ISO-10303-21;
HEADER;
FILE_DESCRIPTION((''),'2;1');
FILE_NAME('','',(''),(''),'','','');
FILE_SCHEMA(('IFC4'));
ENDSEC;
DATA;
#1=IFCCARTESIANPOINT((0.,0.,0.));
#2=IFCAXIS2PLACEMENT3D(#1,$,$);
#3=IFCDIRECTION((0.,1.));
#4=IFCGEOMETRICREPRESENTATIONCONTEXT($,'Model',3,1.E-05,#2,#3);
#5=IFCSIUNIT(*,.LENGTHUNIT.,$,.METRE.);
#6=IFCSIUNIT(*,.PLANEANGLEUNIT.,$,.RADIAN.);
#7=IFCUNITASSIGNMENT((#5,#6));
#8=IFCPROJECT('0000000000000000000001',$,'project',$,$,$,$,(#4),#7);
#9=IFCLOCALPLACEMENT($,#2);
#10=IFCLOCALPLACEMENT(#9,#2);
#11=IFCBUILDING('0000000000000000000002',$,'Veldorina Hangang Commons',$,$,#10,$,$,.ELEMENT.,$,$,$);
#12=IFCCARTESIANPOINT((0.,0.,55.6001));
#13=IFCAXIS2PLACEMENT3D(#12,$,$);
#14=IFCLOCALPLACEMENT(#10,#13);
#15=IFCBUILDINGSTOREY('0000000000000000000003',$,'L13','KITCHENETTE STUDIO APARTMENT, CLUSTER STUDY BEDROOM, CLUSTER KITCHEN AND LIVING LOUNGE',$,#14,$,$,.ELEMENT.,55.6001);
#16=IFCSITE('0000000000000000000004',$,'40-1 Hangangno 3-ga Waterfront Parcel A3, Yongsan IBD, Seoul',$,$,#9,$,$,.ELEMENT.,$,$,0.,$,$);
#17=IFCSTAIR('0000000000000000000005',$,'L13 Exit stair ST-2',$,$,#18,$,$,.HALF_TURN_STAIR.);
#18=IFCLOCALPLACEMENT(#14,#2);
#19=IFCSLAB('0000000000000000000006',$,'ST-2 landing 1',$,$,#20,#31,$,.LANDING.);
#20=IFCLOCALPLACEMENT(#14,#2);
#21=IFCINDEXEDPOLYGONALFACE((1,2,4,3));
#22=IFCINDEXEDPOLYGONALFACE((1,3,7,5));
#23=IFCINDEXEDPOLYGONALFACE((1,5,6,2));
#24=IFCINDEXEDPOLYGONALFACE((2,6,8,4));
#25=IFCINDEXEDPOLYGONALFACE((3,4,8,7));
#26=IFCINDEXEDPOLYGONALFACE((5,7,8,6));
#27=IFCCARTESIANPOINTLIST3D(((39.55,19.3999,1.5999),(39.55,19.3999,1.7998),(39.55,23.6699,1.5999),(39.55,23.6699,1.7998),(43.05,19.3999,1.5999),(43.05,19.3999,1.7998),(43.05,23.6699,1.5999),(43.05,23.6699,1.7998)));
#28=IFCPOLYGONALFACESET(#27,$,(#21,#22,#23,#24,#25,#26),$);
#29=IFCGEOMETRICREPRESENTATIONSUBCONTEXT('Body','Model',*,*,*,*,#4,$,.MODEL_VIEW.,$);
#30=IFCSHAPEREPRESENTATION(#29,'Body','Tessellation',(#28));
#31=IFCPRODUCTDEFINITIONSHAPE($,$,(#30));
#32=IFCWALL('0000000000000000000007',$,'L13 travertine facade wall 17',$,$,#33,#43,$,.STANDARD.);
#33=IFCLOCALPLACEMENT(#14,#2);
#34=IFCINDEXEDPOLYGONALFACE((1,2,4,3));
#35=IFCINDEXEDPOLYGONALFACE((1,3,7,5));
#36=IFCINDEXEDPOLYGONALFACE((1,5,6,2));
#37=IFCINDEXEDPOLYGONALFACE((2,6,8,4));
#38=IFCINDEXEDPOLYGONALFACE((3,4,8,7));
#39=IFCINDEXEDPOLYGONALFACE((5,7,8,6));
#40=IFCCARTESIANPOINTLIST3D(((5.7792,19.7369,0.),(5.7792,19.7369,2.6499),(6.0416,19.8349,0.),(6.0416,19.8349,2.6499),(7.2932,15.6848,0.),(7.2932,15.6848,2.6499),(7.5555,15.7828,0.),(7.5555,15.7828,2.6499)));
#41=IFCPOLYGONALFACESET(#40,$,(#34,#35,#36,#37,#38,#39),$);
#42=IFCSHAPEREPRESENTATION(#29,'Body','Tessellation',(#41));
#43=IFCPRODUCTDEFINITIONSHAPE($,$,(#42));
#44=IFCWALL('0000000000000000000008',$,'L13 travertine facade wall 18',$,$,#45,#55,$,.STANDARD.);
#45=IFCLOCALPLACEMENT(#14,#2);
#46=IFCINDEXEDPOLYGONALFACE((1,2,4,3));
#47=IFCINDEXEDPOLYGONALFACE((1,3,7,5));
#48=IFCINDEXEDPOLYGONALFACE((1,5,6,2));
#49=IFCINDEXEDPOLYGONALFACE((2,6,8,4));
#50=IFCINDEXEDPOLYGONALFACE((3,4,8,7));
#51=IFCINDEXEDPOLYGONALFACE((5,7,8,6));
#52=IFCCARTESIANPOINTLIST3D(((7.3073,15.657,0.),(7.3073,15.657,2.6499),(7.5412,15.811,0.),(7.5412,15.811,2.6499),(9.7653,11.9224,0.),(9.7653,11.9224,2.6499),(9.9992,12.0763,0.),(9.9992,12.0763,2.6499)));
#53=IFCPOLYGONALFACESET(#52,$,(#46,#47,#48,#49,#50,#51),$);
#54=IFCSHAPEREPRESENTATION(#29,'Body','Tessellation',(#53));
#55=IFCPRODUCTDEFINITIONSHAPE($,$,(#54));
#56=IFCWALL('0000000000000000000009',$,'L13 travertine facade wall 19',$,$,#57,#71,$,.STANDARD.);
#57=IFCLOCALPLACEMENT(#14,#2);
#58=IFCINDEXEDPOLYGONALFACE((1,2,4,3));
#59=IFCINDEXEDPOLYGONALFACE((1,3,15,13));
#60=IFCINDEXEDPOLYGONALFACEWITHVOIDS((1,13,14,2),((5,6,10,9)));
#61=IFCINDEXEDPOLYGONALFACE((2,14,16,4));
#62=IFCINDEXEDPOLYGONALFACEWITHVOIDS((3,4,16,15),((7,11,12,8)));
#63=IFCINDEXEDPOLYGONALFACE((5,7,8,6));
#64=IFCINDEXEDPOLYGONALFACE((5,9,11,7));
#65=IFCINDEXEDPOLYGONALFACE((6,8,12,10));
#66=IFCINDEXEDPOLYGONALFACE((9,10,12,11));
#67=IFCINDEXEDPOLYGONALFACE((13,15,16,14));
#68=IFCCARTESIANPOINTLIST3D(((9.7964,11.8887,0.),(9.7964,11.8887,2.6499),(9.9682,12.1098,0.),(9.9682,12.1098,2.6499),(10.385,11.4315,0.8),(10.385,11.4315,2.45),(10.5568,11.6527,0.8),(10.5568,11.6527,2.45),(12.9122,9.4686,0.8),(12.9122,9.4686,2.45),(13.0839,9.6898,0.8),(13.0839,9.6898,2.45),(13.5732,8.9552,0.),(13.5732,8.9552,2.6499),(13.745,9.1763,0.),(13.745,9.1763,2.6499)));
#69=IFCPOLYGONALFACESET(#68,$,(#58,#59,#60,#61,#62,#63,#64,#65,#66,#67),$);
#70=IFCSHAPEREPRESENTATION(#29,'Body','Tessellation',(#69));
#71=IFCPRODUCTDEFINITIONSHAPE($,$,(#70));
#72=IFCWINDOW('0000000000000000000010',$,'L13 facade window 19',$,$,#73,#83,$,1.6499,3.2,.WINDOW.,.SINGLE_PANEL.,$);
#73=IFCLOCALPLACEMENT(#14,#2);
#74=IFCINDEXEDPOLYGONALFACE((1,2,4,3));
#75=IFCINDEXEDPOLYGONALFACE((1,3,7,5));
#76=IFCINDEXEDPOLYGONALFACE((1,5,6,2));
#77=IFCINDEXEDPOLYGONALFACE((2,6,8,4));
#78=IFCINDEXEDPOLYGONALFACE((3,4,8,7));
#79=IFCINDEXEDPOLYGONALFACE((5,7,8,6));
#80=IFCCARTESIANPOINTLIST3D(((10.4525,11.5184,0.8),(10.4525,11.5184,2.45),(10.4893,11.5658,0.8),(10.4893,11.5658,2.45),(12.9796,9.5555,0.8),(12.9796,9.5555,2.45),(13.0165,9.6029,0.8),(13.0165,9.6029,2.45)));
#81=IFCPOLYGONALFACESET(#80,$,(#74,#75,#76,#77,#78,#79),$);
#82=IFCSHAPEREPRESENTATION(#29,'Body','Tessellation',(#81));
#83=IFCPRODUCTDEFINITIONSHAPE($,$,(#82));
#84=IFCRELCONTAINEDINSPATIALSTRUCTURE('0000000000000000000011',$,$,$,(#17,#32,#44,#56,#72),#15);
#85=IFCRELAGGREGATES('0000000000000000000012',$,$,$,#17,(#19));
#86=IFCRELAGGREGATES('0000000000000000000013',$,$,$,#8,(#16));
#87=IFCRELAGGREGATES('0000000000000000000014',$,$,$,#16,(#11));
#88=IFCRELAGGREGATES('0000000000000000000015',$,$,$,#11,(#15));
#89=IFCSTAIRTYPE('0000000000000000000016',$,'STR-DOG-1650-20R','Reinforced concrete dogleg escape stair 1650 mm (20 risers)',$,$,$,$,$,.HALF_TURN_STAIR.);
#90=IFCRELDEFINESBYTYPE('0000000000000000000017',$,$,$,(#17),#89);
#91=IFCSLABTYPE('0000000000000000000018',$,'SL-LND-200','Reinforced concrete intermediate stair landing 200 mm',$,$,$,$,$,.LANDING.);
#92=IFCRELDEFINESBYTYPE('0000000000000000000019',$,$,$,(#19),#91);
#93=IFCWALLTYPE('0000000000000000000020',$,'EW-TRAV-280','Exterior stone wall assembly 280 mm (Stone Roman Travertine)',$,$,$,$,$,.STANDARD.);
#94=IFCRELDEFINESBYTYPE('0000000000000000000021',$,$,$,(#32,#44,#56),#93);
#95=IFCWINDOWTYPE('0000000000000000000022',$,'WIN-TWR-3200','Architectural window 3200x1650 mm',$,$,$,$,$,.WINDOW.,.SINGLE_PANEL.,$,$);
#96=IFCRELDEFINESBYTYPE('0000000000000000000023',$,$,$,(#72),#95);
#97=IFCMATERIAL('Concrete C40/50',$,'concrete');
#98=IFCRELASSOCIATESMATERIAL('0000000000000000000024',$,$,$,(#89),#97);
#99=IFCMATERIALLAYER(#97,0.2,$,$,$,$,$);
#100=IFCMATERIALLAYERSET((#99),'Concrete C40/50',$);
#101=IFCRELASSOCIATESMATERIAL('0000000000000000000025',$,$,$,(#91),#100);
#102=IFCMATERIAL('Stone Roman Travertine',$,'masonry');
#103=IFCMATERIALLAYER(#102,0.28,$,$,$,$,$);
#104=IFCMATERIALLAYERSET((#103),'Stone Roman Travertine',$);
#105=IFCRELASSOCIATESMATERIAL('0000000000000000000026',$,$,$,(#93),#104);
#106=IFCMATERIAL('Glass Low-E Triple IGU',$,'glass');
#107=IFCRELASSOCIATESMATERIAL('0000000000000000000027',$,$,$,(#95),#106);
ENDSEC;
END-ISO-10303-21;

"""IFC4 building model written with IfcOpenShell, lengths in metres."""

from ifc_helpers import new_model, si_unit, direction, frame, frame_2d, origin, place, context, subcontext, project, spatial, polyline, rectangle, outline, extrude, material, layer, layer_set, type_object, element, fill, aggregate, save


model = new_model("IFC4")

# Units and contexts
model_context = context("Model", 3, precision=1e-05, world=origin(), true_north=direction((0.0, 1.0)))
body_context = subcontext(model_context, "Body", "Model", "MODEL_VIEW")
ifc_project = project(units=[si_unit("LENGTHUNIT", "METRE"), si_unit("PLANEANGLEUNIT", "RADIAN")], contexts=[model_context])

# Site, building, storey
site_placement = place(None, origin())
site = spatial("IfcSite", under=ifc_project, at=site_placement, Name="40-1 Hangangno 3-ga Waterfront Parcel A3, Yongsan IBD, Seoul", CompositionType="ELEMENT", RefElevation=0.0)
building_placement = place(site_placement, origin())
building = spatial("IfcBuilding", under=site, at=building_placement, Name="Veldorina Hangang Commons", CompositionType="ELEMENT")
storey_placement = place(building_placement, frame((0.0, 0.0, 55.6001)))
storey = spatial("IfcBuildingStorey", under=building, at=storey_placement, Name="L13", Description="KITCHENETTE STUDIO APARTMENT, CLUSTER STUDY BEDROOM, CLUSTER KITCHEN AND LIVING LOUNGE", CompositionType="ELEMENT", Elevation=55.6001)

# Shared definitions
ifc_material_1 = material(Name="Concrete C40/50", Category="concrete")

# Stair, slab
stair_type = type_object("IfcStairType", Name="STR-DOG-1650-20R", Description="Reinforced concrete dogleg escape stair 1650 mm (20 risers)", PredefinedType="HALF_TURN_STAIR", material=ifc_material_1)
ifc_layer_1 = layer(ifc_material_1, 0.2)
ifc_layer_set_1 = layer_set([ifc_layer_1], Name="Concrete C40/50")
slab_type_1 = type_object("IfcSlabType", Name="SL-LND-200", Description="Reinforced concrete intermediate stair landing 200 mm", PredefinedType="LANDING", material=ifc_layer_set_1)
stair_1_placement = place(storey_placement, origin())
stair_1 = element("IfcStair", 1, at=stair_1_placement, inside=storey, type_object=stair_type, Name="L13 Exit stair ST-2", PredefinedType="HALF_TURN_STAIR")
slab_1_placement = place(storey_placement, frame((0.0, 0.0, 1.5999)))
slab_1 = element("IfcSlab", 2, at=slab_1_placement, type_object=slab_type_1, Name="ST-2 landing 1", PredefinedType="LANDING", context=body_context, shape_type="SweptSolid", body=[
    extrude(outline(polyline([(39.55, 23.6699), (39.55, 19.3999), (43.05, 19.3999), (43.05, 23.6699), (39.55, 23.6699)])), origin(), (0.0, 0.0, 1.0), 0.2),
])
aggregate(stair_1, [slab_1])

# Walls
ifc_material_2 = material(Name="Stone Roman Travertine", Category="masonry")
ifc_layer_2 = layer(ifc_material_2, 0.28)
ifc_layer_set_2 = layer_set([ifc_layer_2], Name="Stone Roman Travertine")
wall_type = type_object("IfcWallType", Name="EW-TRAV-280", Description="Exterior stone wall assembly 280 mm (Stone Roman Travertine)", PredefinedType="STANDARD", material=ifc_layer_set_2)
wall_1_placement = place(storey_placement, frame((5.9104, 19.7859, 0.0), z_axis=(0.0, 0.0, 1.0), x_axis=(0.349991, -0.936753, 0.0)))
element("IfcWall", 3, at=wall_1_placement, inside=storey, type_object=wall_type, Name="L13 travertine facade wall 17", PredefinedType="STANDARD", context=body_context, shape_type="SweptSolid", body=[
    extrude(rectangle(XDim=4.3257, YDim=0.28, at=frame_2d((2.1628, 0.0))), origin(), (0.0, 0.0, 1.0), 2.6499),
])
wall_2_placement = place(storey_placement, frame((7.4243, 15.7339, 0.0), z_axis=(0.0, 0.0, 1.0), x_axis=(0.549776, -0.835312, 0.0)))
element("IfcWall", 4, at=wall_2_placement, inside=storey, type_object=wall_type, Name="L13 travertine facade wall 18", PredefinedType="STANDARD", context=body_context, shape_type="SweptSolid", body=[
    extrude(rectangle(XDim=4.4709, YDim=0.28, at=frame_2d((2.2354, 0.0))), origin(), (0.0, 0.0, 1.0), 2.6499),
])

# Wall, opening, window
wall_3_placement = place(storey_placement, frame((9.8823, 11.9993, 0.0), z_axis=(0.0, 0.0, 1.0), x_axis=(0.789753, -0.613424, 0.0)))
wall_3 = element("IfcWall", 5, at=wall_3_placement, inside=storey, type_object=wall_type, Name="L13 travertine facade wall 19", PredefinedType="STANDARD", context=body_context, shape_type="SweptSolid", body=[
    extrude(rectangle(XDim=4.7822, YDim=0.28, at=frame_2d((2.3911, 0.0))), origin(), (0.0, 0.0, 1.0), 2.6499),
])
opening_placement = place(wall_3_placement, frame((0.7451, 0.0, 0.8)))
opening = element("IfcOpeningElement", 6, at=opening_placement, cuts=wall_3, PredefinedType="OPENING", context=body_context, shape_type="SweptSolid", body=[
    extrude(rectangle(XDim=3.2, YDim=1.6499, at=frame_2d((1.6001, 0.825))), frame((0.0, 0.1499, 0.0), z_axis=(0.0, -1.0, 0.0), x_axis=(1.0, 0.0, 0.0)), (0.0, 0.0, 1.0), 0.3),
])
ifc_material_3 = material(Name="Glass Low-E Triple IGU", Category="glass")
window_type = type_object("IfcWindowType", Name="WIN-TWR-3200", Description="Architectural window 3200x1650 mm", PartitioningType="SINGLE_PANEL", PredefinedType="WINDOW", material=ifc_material_3)
window_placement = place(opening_placement, origin())
window = element("IfcWindow", 7, at=window_placement, inside=storey, type_object=window_type, Name="L13 facade window 19", OverallHeight=1.6499, OverallWidth=3.2, PartitioningType="SINGLE_PANEL", PredefinedType="WINDOW", context=body_context, shape_type="SweptSolid", body=[
    extrude(rectangle(XDim=3.2, YDim=1.6499, at=frame_2d((1.6001, 0.825))), frame((0.0, 0.03, 0.0), z_axis=(0.0, -1.0, 0.0), x_axis=(1.0, 0.0, 0.0)), (0.0, 0.0, 1.0), 0.0601),
])
fill(opening, window)

save(model, "model.ifc")
